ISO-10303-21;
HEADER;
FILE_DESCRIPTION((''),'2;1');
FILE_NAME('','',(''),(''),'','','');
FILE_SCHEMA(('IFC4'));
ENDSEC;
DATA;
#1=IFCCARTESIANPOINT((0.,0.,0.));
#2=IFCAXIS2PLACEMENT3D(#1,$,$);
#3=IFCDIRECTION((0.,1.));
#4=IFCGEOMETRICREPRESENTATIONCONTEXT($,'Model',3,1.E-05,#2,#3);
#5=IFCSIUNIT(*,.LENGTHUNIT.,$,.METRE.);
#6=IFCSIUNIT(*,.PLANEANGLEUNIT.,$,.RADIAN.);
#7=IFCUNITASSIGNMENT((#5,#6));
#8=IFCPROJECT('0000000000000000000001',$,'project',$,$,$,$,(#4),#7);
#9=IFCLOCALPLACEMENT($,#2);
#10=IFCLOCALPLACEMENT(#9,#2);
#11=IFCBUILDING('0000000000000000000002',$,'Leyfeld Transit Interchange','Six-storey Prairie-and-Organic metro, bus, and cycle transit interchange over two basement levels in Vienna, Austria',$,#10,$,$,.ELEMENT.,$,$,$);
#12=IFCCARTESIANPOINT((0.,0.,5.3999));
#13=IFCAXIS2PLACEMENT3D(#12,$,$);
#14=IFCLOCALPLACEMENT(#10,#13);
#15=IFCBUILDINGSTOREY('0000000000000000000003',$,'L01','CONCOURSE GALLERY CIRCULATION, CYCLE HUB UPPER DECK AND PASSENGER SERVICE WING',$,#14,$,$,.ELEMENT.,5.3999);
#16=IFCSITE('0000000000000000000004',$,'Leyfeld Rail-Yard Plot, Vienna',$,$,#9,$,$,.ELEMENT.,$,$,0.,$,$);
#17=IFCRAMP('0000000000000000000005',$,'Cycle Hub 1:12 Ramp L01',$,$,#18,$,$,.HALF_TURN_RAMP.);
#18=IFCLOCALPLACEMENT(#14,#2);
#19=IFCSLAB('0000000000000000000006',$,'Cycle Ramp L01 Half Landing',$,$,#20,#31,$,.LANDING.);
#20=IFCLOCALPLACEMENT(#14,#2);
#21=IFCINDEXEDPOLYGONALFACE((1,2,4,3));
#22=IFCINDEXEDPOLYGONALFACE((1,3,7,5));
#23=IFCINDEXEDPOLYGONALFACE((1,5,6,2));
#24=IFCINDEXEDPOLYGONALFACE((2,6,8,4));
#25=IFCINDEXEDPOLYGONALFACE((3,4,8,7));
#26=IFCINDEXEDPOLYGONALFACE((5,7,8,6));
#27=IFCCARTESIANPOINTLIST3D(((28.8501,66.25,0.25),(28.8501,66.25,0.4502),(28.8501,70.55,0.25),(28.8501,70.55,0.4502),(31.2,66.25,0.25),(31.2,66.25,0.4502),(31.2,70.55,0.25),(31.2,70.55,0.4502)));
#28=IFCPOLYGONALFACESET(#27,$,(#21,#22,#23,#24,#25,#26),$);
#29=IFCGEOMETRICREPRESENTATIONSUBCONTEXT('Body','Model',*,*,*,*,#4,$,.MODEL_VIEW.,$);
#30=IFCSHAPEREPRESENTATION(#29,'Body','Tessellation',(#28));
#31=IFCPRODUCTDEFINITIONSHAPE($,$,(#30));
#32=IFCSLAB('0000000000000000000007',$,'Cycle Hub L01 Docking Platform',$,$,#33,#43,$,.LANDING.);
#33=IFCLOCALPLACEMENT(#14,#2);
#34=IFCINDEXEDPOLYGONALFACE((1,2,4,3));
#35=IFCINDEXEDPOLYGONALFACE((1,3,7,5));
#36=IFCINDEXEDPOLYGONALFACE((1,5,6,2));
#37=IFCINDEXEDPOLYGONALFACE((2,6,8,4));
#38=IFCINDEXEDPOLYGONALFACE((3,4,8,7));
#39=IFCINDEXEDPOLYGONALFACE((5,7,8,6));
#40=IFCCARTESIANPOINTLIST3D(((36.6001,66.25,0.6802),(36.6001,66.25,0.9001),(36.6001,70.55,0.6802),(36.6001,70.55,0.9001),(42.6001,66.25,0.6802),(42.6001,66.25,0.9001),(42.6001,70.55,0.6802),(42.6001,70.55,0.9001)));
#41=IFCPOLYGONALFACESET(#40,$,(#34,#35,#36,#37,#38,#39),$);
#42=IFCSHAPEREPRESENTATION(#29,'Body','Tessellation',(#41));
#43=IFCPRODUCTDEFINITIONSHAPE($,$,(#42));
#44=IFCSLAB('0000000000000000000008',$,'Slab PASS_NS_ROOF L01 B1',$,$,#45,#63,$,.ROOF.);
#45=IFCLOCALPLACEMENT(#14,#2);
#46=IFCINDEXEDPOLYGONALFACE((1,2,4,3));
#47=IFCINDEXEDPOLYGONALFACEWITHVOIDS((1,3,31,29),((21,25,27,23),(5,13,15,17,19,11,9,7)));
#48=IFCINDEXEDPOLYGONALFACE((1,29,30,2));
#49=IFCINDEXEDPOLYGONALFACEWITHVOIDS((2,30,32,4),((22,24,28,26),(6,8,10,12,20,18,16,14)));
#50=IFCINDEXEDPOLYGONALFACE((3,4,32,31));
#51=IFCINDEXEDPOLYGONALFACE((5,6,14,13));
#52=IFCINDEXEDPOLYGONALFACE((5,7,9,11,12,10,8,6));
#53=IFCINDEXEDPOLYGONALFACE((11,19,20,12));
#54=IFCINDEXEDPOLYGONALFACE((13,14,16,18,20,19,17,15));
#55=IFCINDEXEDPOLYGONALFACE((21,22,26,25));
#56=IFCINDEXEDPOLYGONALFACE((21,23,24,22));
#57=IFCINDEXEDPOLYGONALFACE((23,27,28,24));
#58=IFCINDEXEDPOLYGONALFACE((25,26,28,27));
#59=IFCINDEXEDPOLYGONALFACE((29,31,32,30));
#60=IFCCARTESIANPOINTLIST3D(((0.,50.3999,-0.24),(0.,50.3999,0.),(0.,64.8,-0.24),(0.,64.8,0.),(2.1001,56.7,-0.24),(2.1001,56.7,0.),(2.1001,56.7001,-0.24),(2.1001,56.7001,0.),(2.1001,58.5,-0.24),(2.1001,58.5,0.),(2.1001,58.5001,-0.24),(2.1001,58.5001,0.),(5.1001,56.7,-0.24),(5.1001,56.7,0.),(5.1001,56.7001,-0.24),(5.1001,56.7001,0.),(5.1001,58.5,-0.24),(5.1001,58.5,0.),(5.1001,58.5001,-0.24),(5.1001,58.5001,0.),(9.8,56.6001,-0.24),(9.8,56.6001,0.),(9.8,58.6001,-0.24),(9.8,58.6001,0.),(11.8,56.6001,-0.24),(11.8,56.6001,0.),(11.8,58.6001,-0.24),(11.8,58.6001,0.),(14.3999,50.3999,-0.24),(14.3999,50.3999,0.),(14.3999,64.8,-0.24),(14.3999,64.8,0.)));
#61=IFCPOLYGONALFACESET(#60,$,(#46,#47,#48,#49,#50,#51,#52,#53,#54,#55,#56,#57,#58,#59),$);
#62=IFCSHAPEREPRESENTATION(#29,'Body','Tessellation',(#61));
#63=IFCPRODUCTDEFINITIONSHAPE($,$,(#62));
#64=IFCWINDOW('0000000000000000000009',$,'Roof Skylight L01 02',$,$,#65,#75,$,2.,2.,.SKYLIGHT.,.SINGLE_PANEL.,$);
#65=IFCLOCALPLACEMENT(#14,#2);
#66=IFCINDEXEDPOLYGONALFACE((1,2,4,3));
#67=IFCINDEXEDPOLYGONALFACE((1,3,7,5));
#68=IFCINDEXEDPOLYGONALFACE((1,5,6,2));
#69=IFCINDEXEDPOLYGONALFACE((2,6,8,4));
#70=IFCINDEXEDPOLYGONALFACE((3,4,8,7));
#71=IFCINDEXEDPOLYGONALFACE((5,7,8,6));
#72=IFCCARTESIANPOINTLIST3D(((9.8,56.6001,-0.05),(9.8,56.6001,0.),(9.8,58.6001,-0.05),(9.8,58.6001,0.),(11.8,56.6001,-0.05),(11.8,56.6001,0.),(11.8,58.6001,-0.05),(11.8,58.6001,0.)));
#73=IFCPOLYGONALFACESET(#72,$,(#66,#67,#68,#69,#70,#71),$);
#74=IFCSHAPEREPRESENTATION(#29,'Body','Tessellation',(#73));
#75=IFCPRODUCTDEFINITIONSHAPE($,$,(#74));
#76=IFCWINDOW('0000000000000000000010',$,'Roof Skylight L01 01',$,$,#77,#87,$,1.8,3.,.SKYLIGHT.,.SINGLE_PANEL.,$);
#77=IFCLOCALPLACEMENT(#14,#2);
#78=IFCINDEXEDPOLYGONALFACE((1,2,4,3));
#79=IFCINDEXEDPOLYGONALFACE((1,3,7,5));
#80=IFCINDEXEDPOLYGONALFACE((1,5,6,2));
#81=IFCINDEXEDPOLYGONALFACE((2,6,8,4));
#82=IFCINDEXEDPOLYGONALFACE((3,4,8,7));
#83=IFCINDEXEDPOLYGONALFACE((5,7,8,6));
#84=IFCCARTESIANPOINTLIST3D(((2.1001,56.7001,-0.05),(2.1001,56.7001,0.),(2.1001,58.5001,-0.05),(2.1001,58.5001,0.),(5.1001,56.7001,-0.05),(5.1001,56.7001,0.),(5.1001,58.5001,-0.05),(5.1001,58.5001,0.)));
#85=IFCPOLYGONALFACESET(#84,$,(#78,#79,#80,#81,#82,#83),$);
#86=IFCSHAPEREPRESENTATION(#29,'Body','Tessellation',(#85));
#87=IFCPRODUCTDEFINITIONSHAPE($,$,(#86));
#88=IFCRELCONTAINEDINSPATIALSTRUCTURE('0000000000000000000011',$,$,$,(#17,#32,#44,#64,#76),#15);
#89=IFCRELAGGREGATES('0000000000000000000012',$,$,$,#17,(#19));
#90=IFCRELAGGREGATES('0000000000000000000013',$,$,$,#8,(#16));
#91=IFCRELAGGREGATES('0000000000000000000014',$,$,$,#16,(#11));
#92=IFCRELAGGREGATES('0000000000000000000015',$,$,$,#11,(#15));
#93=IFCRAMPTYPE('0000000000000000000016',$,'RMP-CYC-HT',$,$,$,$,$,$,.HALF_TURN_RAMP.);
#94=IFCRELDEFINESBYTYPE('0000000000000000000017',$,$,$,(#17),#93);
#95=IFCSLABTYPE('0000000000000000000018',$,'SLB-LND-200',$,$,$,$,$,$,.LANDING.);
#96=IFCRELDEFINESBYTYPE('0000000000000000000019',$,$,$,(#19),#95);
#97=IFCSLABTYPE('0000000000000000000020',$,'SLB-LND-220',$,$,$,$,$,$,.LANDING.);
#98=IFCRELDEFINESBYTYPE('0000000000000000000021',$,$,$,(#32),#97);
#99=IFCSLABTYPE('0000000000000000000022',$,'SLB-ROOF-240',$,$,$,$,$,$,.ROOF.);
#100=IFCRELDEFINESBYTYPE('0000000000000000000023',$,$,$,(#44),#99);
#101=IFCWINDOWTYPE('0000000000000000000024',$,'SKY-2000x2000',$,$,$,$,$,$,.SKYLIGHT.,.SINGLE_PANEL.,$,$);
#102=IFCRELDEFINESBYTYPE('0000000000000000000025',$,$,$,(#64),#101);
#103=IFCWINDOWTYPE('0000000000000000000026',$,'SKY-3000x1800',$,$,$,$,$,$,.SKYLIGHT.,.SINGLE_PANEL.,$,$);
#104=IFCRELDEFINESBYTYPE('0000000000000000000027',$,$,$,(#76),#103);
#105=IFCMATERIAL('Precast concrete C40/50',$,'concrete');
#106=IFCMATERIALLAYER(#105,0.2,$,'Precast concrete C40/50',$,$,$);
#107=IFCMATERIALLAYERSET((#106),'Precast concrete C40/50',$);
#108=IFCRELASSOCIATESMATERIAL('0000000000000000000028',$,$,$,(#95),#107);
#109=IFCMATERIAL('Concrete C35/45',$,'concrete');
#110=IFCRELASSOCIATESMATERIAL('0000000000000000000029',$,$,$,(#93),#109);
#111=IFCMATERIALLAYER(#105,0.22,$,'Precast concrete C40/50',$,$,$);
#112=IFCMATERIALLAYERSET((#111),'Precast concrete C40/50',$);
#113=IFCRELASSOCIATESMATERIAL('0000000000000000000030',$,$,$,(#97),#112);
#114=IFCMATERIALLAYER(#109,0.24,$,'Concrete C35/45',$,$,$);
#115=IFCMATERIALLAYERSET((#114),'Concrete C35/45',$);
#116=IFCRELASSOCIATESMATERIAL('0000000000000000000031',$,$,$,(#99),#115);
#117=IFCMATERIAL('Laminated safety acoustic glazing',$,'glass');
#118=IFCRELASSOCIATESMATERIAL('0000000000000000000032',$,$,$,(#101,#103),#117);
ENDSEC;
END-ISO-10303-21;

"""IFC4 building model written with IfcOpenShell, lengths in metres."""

from ifc_helpers import new_model, si_unit, direction, frame, origin, origin_2d, place, context, subcontext, project, spatial, polyline, rectangle, outline, extrude, material, layer, layer_set, type_object, element, fill, aggregate, save


model = new_model("IFC4")

# Units and contexts
model_context = context("Model", 3, precision=1e-05, world=origin(), true_north=direction((0.0, 1.0)))
body_context = subcontext(model_context, "Body", "Model", "MODEL_VIEW")
ifc_project = project(units=[si_unit("LENGTHUNIT", "METRE"), si_unit("PLANEANGLEUNIT", "RADIAN")], contexts=[model_context])

# Site, building, storey
site_placement = place(None, origin())
site = spatial("IfcSite", under=ifc_project, at=site_placement, Name="Leyfeld Rail-Yard Plot, Vienna", CompositionType="ELEMENT", RefElevation=0.0)
building_placement = place(site_placement, origin())
building = spatial("IfcBuilding", under=site, at=building_placement, Name="Leyfeld Transit Interchange", Description="Six-storey Prairie-and-Organic metro, bus, and cycle transit interchange over two basement levels in Vienna, Austria", CompositionType="ELEMENT")
storey_placement = place(building_placement, frame((0.0, 0.0, 5.3999)))
storey = spatial("IfcBuildingStorey", under=building, at=storey_placement, Name="L01", Description="CONCOURSE GALLERY CIRCULATION, CYCLE HUB UPPER DECK AND PASSENGER SERVICE WING", CompositionType="ELEMENT", Elevation=5.3999)

# Shared definitions
ifc_material_1 = material(Name="Concrete C35/45", Category="concrete")

# Shared definitions
ifc_material_2 = material(Name="Precast concrete C40/50", Category="concrete")
ifc_layer_1 = layer(ifc_material_2, 0.2, Name="Precast concrete C40/50")
ifc_layer_set_1 = layer_set([ifc_layer_1], Name="Precast concrete C40/50")
slab_type_1 = type_object("IfcSlabType", Name="SLB-LND-200", PredefinedType="LANDING", material=ifc_layer_set_1)

# Ramp, slab
ramp_type = type_object("IfcRampType", Name="RMP-CYC-HT", PredefinedType="HALF_TURN_RAMP", material=ifc_material_1)
ramp_placement = place(storey_placement, origin())
ramp = element("IfcRamp", 1, at=ramp_placement, inside=storey, type_object=ramp_type, Name="Cycle Hub 1:12 Ramp L01", PredefinedType="HALF_TURN_RAMP")
slab_1_placement = place(storey_placement, frame((0.0, 0.0, 0.25)))
slab_1 = element("IfcSlab", 2, at=slab_1_placement, type_object=slab_type_1, Name="Cycle Ramp L01 Half Landing", PredefinedType="LANDING", context=body_context, shape_type="SweptSolid", body=[
    extrude(outline(polyline([(28.8501, 66.25), (31.2, 66.25), (31.2, 70.55), (28.8501, 70.55), (28.8501, 66.25)])), origin(), (0.0, 0.0, 1.0), 0.2002),
])
aggregate(ramp, [slab_1])

# Slab
ifc_layer_2 = layer(ifc_material_2, 0.22, Name="Precast concrete C40/50")
ifc_layer_set_2 = layer_set([ifc_layer_2], Name="Precast concrete C40/50")
slab_type_2 = type_object("IfcSlabType", Name="SLB-LND-220", PredefinedType="LANDING", material=ifc_layer_set_2)
slab_2_placement = place(storey_placement, frame((0.0, 0.0, 0.6802)))
element("IfcSlab", 3, at=slab_2_placement, inside=storey, type_object=slab_type_2, Name="Cycle Hub L01 Docking Platform", PredefinedType="LANDING", context=body_context, shape_type="SweptSolid", body=[
    extrude(outline(polyline([(36.6001, 66.25), (42.6001, 66.25), (42.6001, 70.55), (36.6001, 70.55), (36.6001, 66.25)])), origin(), (0.0, 0.0, 1.0), 0.22),
])

# Slab, openings, windows
ifc_layer_3 = layer(ifc_material_1, 0.24, Name="Concrete C35/45")
ifc_layer_set_3 = layer_set([ifc_layer_3], Name="Concrete C35/45")
slab_type_3 = type_object("IfcSlabType", Name="SLB-ROOF-240", PredefinedType="ROOF", material=ifc_layer_set_3)
slab_3_placement = place(storey_placement, frame((0.0, 0.0, -0.24)))
slab_3 = element("IfcSlab", 4, at=slab_3_placement, inside=storey, type_object=slab_type_3, Name="Slab PASS_NS_ROOF L01 B1", PredefinedType="ROOF", context=body_context, shape_type="SweptSolid", body=[
    extrude(outline(polyline([(14.3999, 64.8), (0.0, 64.8), (0.0, 50.3999), (14.3999, 50.3999), (14.3999, 64.8)]), holes=[polyline([(5.1001, 56.7), (2.1001, 56.7), (2.1001, 58.5), (5.1001, 58.5), (5.1001, 56.7)]), polyline([(11.8, 56.6001), (9.8, 56.6001), (9.8, 58.6001), (11.8, 58.6001), (11.8, 56.6001)])]), origin(), (0.0, 0.0, 1.0), 0.24),
])
opening_1_placement = place(slab_3_placement, frame((3.6001, 57.6001, 0.0)))
opening_1 = element("IfcOpeningElement", 5, at=opening_1_placement, cuts=slab_3, PredefinedType="OPENING", context=body_context, shape_type="SweptSolid", body=[
    extrude(rectangle(XDim=3.0, YDim=1.8, at=origin_2d()), frame((0.0, 0.0, -0.01)), (0.0, 0.0, 1.0), 0.26),
])
opening_2_placement = place(slab_3_placement, frame((10.8, 57.6001, 0.0)))
opening_2 = element("IfcOpeningElement", 6, at=opening_2_placement, cuts=slab_3, PredefinedType="OPENING", context=body_context, shape_type="SweptSolid", body=[
    extrude(rectangle(XDim=2.0, YDim=2.0, at=origin_2d()), frame((0.0, 0.0, -0.01)), (0.0, 0.0, 1.0), 0.26),
])
ifc_material_3 = material(Name="Laminated safety acoustic glazing", Category="glass")
window_type_1 = type_object("IfcWindowType", Name="SKY-2000x2000", PartitioningType="SINGLE_PANEL", PredefinedType="SKYLIGHT", material=ifc_material_3)
window_1_placement = place(opening_2_placement, frame((0.0, 0.0, 0.1899)))
window_1 = element("IfcWindow", 7, at=window_1_placement, inside=storey, type_object=window_type_1, Name="Roof Skylight L01 02", OverallHeight=2.0, OverallWidth=2.0, PartitioningType="SINGLE_PANEL", PredefinedType="SKYLIGHT", context=body_context, shape_type="SweptSolid", body=[
    extrude(rectangle(XDim=2.0, YDim=2.0, at=origin_2d()), origin(), (0.0, 0.0, 1.0), 0.05),
])
fill(opening_2, window_1)
window_type_2 = type_object("IfcWindowType", Name="SKY-3000x1800", PartitioningType="SINGLE_PANEL", PredefinedType="SKYLIGHT", material=ifc_material_3)
window_2_placement = place(opening_1_placement, frame((0.0, 0.0, 0.1899)))
window_2 = element("IfcWindow", 8, at=window_2_placement, inside=storey, type_object=window_type_2, Name="Roof Skylight L01 01", OverallHeight=1.8, OverallWidth=3.0, PartitioningType="SINGLE_PANEL", PredefinedType="SKYLIGHT", context=body_context, shape_type="SweptSolid", body=[
    extrude(rectangle(XDim=3.0, YDim=1.8, at=origin_2d()), origin(), (0.0, 0.0, 1.0), 0.05),
])
fill(opening_1, window_2)

save(model, "model.ifc")
